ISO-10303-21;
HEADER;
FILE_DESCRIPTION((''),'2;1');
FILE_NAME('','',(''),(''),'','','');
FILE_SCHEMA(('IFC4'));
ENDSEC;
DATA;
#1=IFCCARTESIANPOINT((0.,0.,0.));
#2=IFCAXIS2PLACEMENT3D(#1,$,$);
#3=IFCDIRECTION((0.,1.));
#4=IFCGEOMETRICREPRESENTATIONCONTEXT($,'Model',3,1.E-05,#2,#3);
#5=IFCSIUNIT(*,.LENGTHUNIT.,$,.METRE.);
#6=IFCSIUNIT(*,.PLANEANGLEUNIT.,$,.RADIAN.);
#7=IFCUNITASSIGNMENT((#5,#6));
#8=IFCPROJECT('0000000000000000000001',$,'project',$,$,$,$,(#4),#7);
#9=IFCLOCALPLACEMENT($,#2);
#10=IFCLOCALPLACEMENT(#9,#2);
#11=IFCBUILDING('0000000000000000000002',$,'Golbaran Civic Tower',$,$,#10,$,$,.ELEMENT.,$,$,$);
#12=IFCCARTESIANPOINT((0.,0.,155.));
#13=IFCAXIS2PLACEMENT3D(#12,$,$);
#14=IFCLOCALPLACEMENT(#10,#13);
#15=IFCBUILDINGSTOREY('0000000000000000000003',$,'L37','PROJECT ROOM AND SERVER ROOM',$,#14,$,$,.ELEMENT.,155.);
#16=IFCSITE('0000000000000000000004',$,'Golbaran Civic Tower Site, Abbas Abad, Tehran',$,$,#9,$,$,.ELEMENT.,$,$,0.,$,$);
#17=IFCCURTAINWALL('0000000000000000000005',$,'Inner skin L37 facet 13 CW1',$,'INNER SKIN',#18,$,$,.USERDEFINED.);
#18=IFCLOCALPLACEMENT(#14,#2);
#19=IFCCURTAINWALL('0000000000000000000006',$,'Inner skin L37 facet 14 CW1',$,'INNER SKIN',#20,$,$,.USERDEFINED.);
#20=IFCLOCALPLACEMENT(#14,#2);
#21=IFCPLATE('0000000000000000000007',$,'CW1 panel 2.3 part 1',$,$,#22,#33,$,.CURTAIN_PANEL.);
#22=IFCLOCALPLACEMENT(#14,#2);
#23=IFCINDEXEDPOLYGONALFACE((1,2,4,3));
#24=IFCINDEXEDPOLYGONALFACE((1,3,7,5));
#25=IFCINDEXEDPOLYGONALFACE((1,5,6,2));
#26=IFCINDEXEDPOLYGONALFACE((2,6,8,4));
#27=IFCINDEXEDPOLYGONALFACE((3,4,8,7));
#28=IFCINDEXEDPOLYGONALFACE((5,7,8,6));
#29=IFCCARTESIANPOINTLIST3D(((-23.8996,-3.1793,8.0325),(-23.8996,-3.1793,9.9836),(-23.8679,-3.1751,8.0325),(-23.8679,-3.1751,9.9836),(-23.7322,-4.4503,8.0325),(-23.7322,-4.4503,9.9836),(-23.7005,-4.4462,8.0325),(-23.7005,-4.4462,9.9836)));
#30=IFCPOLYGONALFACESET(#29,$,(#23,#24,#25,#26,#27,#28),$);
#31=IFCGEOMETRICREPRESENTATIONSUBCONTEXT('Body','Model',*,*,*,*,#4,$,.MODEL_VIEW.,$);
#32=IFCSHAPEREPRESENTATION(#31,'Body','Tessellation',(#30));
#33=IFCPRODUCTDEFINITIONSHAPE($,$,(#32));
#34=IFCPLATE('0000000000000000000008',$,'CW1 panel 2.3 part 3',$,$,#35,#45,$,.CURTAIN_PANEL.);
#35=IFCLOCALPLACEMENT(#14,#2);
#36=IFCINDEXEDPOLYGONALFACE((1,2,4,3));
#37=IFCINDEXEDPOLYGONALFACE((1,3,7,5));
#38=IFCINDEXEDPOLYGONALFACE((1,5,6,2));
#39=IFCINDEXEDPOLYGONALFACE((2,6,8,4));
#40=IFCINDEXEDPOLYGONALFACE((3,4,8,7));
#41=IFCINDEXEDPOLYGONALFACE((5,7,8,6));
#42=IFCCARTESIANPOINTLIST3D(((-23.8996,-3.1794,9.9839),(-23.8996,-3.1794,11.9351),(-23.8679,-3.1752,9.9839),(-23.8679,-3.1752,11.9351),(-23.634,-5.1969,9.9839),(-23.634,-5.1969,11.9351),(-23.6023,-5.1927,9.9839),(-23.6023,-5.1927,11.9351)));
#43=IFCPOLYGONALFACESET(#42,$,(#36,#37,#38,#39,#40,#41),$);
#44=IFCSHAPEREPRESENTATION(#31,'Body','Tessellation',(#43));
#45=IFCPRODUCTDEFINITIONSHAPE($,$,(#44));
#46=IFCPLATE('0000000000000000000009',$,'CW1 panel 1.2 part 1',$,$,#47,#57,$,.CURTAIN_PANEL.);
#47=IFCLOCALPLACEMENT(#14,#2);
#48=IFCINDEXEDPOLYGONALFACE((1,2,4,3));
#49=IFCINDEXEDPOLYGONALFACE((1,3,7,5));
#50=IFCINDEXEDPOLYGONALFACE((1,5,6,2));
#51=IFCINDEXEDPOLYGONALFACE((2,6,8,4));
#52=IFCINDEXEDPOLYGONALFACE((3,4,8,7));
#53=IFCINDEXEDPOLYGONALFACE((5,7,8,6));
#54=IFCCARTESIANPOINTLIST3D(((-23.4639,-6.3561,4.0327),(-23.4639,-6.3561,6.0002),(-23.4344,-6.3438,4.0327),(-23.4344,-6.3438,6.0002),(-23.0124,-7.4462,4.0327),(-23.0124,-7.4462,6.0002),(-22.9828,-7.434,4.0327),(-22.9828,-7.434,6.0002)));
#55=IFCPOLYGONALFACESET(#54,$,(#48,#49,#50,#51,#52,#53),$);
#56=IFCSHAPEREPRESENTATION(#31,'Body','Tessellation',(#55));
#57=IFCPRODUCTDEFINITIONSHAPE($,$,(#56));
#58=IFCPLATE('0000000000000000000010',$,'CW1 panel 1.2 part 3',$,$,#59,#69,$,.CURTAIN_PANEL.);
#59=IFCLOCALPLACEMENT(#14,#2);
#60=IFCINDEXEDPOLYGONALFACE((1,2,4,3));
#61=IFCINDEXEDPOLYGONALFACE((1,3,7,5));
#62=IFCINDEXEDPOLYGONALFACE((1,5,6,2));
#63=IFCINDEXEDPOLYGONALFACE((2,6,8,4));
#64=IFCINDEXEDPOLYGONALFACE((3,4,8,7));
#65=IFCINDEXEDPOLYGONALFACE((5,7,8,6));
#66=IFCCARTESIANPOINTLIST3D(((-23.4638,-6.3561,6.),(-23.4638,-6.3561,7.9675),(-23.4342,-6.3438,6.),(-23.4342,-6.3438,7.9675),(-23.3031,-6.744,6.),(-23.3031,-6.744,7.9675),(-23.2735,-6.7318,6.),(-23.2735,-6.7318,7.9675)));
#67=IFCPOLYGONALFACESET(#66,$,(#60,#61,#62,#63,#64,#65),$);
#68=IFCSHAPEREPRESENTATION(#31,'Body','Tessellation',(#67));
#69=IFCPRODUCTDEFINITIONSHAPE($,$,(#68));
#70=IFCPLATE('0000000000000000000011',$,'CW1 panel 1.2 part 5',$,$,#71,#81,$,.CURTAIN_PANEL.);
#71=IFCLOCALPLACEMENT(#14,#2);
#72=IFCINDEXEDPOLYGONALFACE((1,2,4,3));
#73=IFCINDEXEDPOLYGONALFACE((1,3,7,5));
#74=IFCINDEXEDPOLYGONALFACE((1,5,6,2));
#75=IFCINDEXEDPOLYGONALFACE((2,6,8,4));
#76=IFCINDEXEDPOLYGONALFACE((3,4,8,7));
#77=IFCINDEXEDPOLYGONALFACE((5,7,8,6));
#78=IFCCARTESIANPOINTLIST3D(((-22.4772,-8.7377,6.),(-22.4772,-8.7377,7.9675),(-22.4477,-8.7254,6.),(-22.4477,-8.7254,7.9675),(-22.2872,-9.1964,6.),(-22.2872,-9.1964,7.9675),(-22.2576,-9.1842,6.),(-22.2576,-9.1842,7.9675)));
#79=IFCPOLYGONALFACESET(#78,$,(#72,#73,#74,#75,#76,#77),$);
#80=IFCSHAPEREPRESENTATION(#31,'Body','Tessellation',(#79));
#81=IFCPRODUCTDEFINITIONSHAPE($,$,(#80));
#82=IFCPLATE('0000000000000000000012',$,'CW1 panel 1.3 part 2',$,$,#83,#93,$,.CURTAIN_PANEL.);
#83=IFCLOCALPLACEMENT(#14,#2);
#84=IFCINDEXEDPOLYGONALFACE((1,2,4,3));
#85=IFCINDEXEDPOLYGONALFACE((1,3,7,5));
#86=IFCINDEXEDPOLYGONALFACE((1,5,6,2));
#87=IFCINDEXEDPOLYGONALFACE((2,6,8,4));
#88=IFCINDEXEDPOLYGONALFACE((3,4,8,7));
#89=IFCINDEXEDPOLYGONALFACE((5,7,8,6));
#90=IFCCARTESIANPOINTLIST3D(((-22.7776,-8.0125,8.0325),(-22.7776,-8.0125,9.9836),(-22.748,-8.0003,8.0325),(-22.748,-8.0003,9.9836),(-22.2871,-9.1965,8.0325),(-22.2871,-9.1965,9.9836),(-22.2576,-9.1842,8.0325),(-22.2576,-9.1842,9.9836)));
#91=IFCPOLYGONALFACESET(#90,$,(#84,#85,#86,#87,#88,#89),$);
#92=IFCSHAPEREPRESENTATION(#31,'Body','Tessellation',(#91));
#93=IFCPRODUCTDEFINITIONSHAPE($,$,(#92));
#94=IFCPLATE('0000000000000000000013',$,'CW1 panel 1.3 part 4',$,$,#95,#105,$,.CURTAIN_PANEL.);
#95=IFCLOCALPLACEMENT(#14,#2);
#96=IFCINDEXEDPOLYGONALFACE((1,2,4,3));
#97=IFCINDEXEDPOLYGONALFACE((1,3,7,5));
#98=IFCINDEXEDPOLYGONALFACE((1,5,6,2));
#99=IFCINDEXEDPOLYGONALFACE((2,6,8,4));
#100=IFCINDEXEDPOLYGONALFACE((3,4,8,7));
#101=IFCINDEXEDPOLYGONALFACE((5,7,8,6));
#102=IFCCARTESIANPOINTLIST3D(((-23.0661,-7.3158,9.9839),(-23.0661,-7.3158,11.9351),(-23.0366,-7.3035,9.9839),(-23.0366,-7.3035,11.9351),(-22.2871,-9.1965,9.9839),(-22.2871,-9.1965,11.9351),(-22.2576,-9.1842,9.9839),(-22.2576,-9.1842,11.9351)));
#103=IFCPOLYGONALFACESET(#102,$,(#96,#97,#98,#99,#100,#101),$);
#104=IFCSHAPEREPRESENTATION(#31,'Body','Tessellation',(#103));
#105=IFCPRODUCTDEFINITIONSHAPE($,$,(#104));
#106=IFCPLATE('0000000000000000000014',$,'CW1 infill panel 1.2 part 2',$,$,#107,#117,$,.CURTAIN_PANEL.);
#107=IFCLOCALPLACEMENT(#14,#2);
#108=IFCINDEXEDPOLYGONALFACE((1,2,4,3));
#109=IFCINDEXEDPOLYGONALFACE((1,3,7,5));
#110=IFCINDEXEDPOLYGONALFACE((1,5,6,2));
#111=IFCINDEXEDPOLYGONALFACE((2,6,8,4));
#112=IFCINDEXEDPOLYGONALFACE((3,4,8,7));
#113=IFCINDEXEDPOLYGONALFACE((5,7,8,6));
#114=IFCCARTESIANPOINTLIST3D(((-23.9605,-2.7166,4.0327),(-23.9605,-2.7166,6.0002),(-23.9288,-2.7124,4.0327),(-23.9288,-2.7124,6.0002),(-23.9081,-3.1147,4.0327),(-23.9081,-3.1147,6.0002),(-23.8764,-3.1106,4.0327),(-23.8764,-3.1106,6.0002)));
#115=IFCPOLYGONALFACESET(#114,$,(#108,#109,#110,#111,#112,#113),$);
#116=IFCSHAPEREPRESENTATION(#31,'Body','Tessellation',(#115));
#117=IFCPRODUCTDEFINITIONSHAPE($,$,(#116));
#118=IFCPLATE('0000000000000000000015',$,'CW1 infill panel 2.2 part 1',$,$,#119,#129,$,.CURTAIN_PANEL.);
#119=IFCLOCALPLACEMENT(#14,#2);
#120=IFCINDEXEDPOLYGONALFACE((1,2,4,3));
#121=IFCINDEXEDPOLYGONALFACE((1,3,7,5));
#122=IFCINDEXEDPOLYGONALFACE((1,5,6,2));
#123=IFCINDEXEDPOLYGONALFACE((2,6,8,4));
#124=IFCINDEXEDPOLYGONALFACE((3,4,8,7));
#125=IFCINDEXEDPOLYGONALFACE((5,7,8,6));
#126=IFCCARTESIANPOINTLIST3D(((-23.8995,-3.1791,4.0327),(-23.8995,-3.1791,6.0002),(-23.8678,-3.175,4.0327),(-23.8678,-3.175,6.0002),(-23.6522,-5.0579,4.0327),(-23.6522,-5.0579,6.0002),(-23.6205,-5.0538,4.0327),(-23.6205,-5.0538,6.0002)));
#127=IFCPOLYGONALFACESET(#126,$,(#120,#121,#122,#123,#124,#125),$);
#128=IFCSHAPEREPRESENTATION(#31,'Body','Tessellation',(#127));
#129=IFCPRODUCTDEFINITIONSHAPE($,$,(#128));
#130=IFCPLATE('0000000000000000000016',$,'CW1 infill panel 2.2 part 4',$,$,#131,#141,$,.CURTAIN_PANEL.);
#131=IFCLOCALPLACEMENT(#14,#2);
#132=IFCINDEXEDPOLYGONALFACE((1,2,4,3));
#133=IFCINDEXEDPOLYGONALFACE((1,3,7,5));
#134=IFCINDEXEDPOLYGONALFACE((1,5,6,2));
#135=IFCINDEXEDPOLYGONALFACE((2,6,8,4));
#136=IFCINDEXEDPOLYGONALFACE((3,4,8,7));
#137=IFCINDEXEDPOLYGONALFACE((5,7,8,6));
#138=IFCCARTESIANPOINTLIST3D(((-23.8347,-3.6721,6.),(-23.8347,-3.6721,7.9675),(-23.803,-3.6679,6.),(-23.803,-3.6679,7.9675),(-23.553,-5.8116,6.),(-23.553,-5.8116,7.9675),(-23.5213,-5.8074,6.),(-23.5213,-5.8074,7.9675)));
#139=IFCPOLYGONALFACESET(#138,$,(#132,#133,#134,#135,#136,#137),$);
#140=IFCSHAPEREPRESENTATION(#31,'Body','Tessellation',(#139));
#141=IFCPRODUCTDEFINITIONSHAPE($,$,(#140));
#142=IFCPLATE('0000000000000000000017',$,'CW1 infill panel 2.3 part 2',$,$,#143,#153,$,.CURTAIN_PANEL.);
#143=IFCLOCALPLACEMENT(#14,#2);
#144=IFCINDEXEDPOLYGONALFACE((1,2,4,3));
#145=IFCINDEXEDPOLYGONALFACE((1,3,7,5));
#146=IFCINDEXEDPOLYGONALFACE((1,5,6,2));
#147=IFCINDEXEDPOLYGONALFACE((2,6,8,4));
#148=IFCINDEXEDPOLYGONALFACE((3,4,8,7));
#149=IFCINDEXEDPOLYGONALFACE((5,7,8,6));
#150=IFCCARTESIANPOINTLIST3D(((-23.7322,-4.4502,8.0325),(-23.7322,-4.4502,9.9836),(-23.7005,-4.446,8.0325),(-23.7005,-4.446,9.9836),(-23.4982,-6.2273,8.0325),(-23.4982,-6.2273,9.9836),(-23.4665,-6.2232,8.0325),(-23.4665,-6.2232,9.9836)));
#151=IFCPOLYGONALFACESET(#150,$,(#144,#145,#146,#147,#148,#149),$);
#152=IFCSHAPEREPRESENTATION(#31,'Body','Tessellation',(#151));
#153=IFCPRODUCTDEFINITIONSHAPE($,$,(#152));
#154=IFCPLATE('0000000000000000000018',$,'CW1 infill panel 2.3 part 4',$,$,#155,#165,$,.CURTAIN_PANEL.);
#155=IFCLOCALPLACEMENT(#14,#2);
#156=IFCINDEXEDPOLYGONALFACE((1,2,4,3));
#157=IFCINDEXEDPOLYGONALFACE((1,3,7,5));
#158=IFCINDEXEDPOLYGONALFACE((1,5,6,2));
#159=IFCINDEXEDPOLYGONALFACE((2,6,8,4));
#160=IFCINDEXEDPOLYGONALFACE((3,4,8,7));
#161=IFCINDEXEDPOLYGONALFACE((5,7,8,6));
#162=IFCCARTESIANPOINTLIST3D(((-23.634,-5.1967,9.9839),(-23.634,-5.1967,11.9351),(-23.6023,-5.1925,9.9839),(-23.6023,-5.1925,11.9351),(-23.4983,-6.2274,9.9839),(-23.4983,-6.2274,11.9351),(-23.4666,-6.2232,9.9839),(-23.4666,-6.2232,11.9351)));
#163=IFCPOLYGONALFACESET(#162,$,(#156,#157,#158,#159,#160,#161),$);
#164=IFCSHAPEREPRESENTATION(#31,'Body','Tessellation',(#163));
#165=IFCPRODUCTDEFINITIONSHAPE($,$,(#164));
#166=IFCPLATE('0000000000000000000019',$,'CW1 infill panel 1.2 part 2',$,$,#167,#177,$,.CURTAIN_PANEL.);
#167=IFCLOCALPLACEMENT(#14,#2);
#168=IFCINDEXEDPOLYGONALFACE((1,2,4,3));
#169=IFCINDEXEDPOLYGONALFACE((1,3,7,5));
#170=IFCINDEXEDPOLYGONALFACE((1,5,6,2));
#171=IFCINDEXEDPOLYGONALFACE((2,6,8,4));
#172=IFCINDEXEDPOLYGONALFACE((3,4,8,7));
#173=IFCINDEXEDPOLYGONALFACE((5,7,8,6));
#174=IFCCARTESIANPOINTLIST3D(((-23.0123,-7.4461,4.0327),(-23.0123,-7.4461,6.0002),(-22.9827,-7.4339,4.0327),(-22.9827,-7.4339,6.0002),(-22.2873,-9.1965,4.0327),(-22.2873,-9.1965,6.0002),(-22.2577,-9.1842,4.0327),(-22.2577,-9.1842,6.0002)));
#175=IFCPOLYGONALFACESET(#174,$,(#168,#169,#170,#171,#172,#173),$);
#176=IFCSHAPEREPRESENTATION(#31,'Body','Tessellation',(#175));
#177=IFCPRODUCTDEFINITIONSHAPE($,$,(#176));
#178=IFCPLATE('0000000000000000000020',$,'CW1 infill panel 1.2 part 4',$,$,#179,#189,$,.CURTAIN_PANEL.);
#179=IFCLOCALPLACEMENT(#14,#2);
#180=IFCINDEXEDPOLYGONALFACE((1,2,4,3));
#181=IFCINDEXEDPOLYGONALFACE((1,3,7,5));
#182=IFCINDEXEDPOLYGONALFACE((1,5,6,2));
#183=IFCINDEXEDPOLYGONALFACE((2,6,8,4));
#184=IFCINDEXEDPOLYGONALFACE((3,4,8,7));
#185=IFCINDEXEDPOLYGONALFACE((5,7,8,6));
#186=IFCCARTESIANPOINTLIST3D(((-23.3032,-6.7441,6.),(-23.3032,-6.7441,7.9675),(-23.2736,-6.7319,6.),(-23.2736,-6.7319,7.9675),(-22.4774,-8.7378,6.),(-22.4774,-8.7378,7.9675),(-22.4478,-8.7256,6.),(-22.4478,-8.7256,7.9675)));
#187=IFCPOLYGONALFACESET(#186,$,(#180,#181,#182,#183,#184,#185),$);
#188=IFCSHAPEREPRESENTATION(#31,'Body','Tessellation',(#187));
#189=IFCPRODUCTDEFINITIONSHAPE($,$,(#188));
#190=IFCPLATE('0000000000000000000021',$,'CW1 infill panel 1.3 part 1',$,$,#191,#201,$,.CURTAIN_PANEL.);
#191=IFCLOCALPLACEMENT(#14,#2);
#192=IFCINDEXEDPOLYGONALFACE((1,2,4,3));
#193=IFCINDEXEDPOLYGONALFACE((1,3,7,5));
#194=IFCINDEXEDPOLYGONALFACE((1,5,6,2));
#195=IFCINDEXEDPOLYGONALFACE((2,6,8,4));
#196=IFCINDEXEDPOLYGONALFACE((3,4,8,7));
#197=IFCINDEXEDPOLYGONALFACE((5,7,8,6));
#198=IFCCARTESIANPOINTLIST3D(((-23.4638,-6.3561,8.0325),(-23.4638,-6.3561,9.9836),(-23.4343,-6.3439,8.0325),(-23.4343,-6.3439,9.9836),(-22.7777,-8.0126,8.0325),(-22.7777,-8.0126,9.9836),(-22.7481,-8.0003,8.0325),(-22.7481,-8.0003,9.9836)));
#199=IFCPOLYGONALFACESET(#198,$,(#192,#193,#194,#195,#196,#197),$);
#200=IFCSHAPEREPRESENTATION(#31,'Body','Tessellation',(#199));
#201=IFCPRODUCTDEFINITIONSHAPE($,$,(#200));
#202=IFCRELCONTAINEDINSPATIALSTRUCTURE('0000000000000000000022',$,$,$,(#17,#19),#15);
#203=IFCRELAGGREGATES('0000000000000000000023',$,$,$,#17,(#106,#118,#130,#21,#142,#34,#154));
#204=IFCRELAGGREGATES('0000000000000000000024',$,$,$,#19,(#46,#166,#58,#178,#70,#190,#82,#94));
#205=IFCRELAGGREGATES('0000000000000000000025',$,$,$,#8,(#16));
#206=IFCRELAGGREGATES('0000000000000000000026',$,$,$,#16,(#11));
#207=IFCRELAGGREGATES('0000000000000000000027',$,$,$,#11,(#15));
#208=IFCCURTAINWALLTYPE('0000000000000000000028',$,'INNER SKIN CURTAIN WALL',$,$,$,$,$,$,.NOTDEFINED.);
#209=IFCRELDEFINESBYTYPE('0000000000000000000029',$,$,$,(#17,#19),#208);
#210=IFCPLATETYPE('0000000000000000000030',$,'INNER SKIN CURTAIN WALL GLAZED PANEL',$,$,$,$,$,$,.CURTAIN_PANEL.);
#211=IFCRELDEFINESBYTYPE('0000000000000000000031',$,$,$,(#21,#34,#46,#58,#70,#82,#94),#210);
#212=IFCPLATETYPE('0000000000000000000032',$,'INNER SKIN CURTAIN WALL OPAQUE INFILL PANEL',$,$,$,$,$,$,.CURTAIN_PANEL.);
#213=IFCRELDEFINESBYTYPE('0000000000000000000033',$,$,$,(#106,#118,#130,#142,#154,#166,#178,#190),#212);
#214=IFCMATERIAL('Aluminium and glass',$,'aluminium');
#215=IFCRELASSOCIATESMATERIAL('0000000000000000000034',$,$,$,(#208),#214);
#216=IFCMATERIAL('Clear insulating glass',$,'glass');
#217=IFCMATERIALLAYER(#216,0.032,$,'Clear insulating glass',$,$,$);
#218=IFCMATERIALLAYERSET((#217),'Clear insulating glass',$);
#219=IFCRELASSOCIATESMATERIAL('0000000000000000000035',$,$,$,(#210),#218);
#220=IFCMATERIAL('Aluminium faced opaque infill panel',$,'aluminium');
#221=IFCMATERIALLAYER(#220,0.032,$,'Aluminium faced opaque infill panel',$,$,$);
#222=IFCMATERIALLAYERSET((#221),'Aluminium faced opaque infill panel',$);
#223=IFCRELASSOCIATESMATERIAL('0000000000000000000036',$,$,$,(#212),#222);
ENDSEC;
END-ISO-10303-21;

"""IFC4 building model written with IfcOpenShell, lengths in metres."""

from ifc_helpers import new_model, si_unit, direction, frame, origin, origin_2d, place, context, subcontext, project, spatial, rectangle, extrude, material, layer, layer_set, type_object, element, aggregate, save


model = new_model("IFC4")

# Units and contexts
model_context = context("Model", 3, precision=1e-05, world=origin(), true_north=direction((0.0, 1.0)))
body_context = subcontext(model_context, "Body", "Model", "MODEL_VIEW")
ifc_project = project(units=[si_unit("LENGTHUNIT", "METRE"), si_unit("PLANEANGLEUNIT", "RADIAN")], contexts=[model_context])

# Site, building, storey
site_placement = place(None, origin())
site = spatial("IfcSite", under=ifc_project, at=site_placement, Name="Golbaran Civic Tower Site, Abbas Abad, Tehran", CompositionType="ELEMENT", RefElevation=0.0)
building_placement = place(site_placement, origin())
building = spatial("IfcBuilding", under=site, at=building_placement, Name="Golbaran Civic Tower", CompositionType="ELEMENT")
storey_placement = place(building_placement, frame((0.0, 0.0, 155.0)))
storey = spatial("IfcBuildingStorey", under=building, at=storey_placement, Name="L37", Description="PROJECT ROOM AND SERVER ROOM", CompositionType="ELEMENT", Elevation=155.0)

# Curtain walls
ifc_material_1 = material(Name="Aluminium and glass", Category="aluminium")
curtain_wall_type = type_object("IfcCurtainWallType", Name="INNER SKIN CURTAIN WALL", PredefinedType="NOTDEFINED", material=ifc_material_1)
curtain_wall_1_placement = place(storey_placement, origin())
curtain_wall_1 = element("IfcCurtainWall", 1, at=curtain_wall_1_placement, inside=storey, type_object=curtain_wall_type, Name="Inner skin L37 facet 13 CW1", ObjectType="INNER SKIN", PredefinedType="USERDEFINED")
curtain_wall_2_placement = place(storey_placement, origin())
curtain_wall_2 = element("IfcCurtainWall", 2, at=curtain_wall_2_placement, inside=storey, type_object=curtain_wall_type, Name="Inner skin L37 facet 14 CW1", ObjectType="INNER SKIN", PredefinedType="USERDEFINED")

# Plates
ifc_material_2 = material(Name="Clear insulating glass", Category="glass")
ifc_layer_1 = layer(ifc_material_2, 0.032, Name="Clear insulating glass")
ifc_layer_set_1 = layer_set([ifc_layer_1], Name="Clear insulating glass")
plate_type_1 = type_object("IfcPlateType", Name="INNER SKIN CURTAIN WALL GLAZED PANEL", PredefinedType="CURTAIN_PANEL", material=ifc_layer_set_1)
plate_1_placement = place(storey_placement, frame((-23.8, -3.8127, 8.0325), z_axis=(0.0, 0.0, 1.0), x_axis=(0.130526, -0.991445, 0.0)))
plate_1 = element("IfcPlate", 3, at=plate_1_placement, type_object=plate_type_1, Name="CW1 panel 2.3 part 1", PredefinedType="CURTAIN_PANEL", context=body_context, shape_type="SweptSolid", body=[
    extrude(rectangle(XDim=1.282, YDim=0.032, at=origin_2d()), origin(), (0.0, 0.0, 1.0), 1.9512),
])
plate_2_placement = place(storey_placement, frame((-23.751, -4.186, 9.9839), z_axis=(0.0, 0.0, 1.0), x_axis=(0.130526, -0.991445, 0.0)))
plate_2 = element("IfcPlate", 4, at=plate_2_placement, type_object=plate_type_1, Name="CW1 panel 2.3 part 3", PredefinedType="CURTAIN_PANEL", context=body_context, shape_type="SweptSolid", body=[
    extrude(rectangle(XDim=2.0349, YDim=0.032, at=origin_2d()), origin(), (0.0, 0.0, 1.0), 1.9512),
])
plate_3_placement = place(storey_placement, frame((-23.2234, -6.895, 4.0327), z_axis=(0.0, 0.0, 1.0), x_axis=(0.382683, -0.92388, 0.0)))
plate_3 = element("IfcPlate", 5, at=plate_3_placement, type_object=plate_type_1, Name="CW1 panel 1.2 part 1", PredefinedType="CURTAIN_PANEL", context=body_context, shape_type="SweptSolid", body=[
    extrude(rectangle(XDim=1.1799, YDim=0.032, at=origin_2d()), origin(), (0.0, 0.0, 1.0), 1.9675),
])
plate_4_placement = place(storey_placement, frame((-23.3687, -6.5439, 6.0), z_axis=(0.0, 0.0, 1.0), x_axis=(0.382683, -0.92388, 0.0)))
plate_4 = element("IfcPlate", 6, at=plate_4_placement, type_object=plate_type_1, Name="CW1 panel 1.2 part 3", PredefinedType="CURTAIN_PANEL", context=body_context, shape_type="SweptSolid", body=[
    extrude(rectangle(XDim=0.4199, YDim=0.032, at=origin_2d()), origin(), (0.0, 0.0, 1.0), 1.9675),
])
plate_5_placement = place(storey_placement, frame((-22.3674, -8.9609, 6.0), z_axis=(0.0, 0.0, 1.0), x_axis=(0.382683, -0.92388, 0.0)))
plate_5 = element("IfcPlate", 7, at=plate_5_placement, type_object=plate_type_1, Name="CW1 panel 1.2 part 5", PredefinedType="CURTAIN_PANEL", context=body_context, shape_type="SweptSolid", body=[
    extrude(rectangle(XDim=0.4966, YDim=0.032, at=origin_2d()), origin(), (0.0, 0.0, 1.0), 1.9675),
])
plate_6_placement = place(storey_placement, frame((-22.5176, -8.5984, 8.0325), z_axis=(0.0, 0.0, 1.0), x_axis=(0.382683, -0.92388, 0.0)))
plate_6 = element("IfcPlate", 8, at=plate_6_placement, type_object=plate_type_1, Name="CW1 panel 1.3 part 2", PredefinedType="CURTAIN_PANEL", context=body_context, shape_type="SweptSolid", body=[
    extrude(rectangle(XDim=1.2815, YDim=0.032, at=origin_2d()), origin(), (0.0, 0.0, 1.0), 1.9512),
])
plate_7_placement = place(storey_placement, frame((-22.6619, -8.25, 9.9839), z_axis=(0.0, 0.0, 1.0), x_axis=(0.382683, -0.92388, 0.0)))
plate_7 = element("IfcPlate", 9, at=plate_7_placement, type_object=plate_type_1, Name="CW1 panel 1.3 part 4", PredefinedType="CURTAIN_PANEL", context=body_context, shape_type="SweptSolid", body=[
    extrude(rectangle(XDim=2.0356, YDim=0.032, at=origin_2d()), origin(), (0.0, 0.0, 1.0), 1.9512),
])
ifc_material_3 = material(Name="Aluminium faced opaque infill panel", Category="aluminium")
ifc_layer_2 = layer(ifc_material_3, 0.032, Name="Aluminium faced opaque infill panel")
ifc_layer_set_2 = layer_set([ifc_layer_2], Name="Aluminium faced opaque infill panel")
plate_type_2 = type_object("IfcPlateType", Name="INNER SKIN CURTAIN WALL OPAQUE INFILL PANEL", PredefinedType="CURTAIN_PANEL", material=ifc_layer_set_2)
plate_8_placement = place(storey_placement, frame((-23.9185, -2.9136, 4.0327), z_axis=(0.0, 0.0, 1.0), x_axis=(0.130526, -0.991445, 0.0)))
plate_8 = element("IfcPlate", 10, at=plate_8_placement, type_object=plate_type_2, Name="CW1 infill panel 1.2 part 2", PredefinedType="CURTAIN_PANEL", context=body_context, shape_type="SweptSolid", body=[
    extrude(rectangle(XDim=0.4016, YDim=0.032, at=origin_2d()), origin(), (0.0, 0.0, 1.0), 1.9675),
])
plate_9_placement = place(storey_placement, frame((-23.76, -4.1165, 4.0327), z_axis=(0.0, 0.0, 1.0), x_axis=(0.130526, -0.991445, 0.0)))
plate_9 = element("IfcPlate", 11, at=plate_9_placement, type_object=plate_type_2, Name="CW1 infill panel 2.2 part 1", PredefinedType="CURTAIN_PANEL", context=body_context, shape_type="SweptSolid", body=[
    extrude(rectangle(XDim=1.895, YDim=0.032, at=origin_2d()), origin(), (0.0, 0.0, 1.0), 1.9675),
])
plate_10_placement = place(storey_placement, frame((-23.678, -4.7397, 6.0), z_axis=(0.0, 0.0, 1.0), x_axis=(0.130526, -0.991445, 0.0)))
plate_10 = element("IfcPlate", 12, at=plate_10_placement, type_object=plate_type_2, Name="CW1 infill panel 2.2 part 4", PredefinedType="CURTAIN_PANEL", context=body_context, shape_type="SweptSolid", body=[
    extrude(rectangle(XDim=2.158, YDim=0.032, at=origin_2d()), origin(), (0.0, 0.0, 1.0), 1.9675),
])
plate_11_placement = place(storey_placement, frame((-23.5994, -5.3367, 8.0325), z_axis=(0.0, 0.0, 1.0), x_axis=(0.130526, -0.991445, 0.0)))
plate_11 = element("IfcPlate", 13, at=plate_11_placement, type_object=plate_type_2, Name="CW1 infill panel 2.3 part 2", PredefinedType="CURTAIN_PANEL", context=body_context, shape_type="SweptSolid", body=[
    extrude(rectangle(XDim=1.7925, YDim=0.032, at=origin_2d()), origin(), (0.0, 0.0, 1.0), 1.9512),
])
plate_12_placement = place(storey_placement, frame((-23.5503, -5.71, 9.9839), z_axis=(0.0, 0.0, 1.0), x_axis=(0.130526, -0.991445, 0.0)))
plate_12 = element("IfcPlate", 14, at=plate_12_placement, type_object=plate_type_2, Name="CW1 infill panel 2.3 part 4", PredefinedType="CURTAIN_PANEL", context=body_context, shape_type="SweptSolid", body=[
    extrude(rectangle(XDim=1.0396, YDim=0.032, at=origin_2d()), origin(), (0.0, 0.0, 1.0), 1.9512),
])
aggregate(curtain_wall_1, [plate_8, plate_9, plate_10, plate_1, plate_11, plate_2, plate_12])
plate_13_placement = place(storey_placement, frame((-22.635, -8.3152, 4.0327), z_axis=(0.0, 0.0, 1.0), x_axis=(0.382683, -0.92388, 0.0)))
plate_13 = element("IfcPlate", 15, at=plate_13_placement, type_object=plate_type_2, Name="CW1 infill panel 1.2 part 2", PredefinedType="CURTAIN_PANEL", context=body_context, shape_type="SweptSolid", body=[
    extrude(rectangle(XDim=1.8945, YDim=0.032, at=origin_2d()), origin(), (0.0, 0.0, 1.0), 1.9675),
])
plate_14_placement = place(storey_placement, frame((-22.8755, -7.7349, 6.0), z_axis=(0.0, 0.0, 1.0), x_axis=(0.382683, -0.92388, 0.0)))
plate_14 = element("IfcPlate", 16, at=plate_14_placement, type_object=plate_type_2, Name="CW1 infill panel 1.2 part 4", PredefinedType="CURTAIN_PANEL", context=body_context, shape_type="SweptSolid", body=[
    extrude(rectangle(XDim=2.158, YDim=0.032, at=origin_2d()), origin(), (0.0, 0.0, 1.0), 1.9675),
])
plate_15_placement = place(storey_placement, frame((-23.106, -7.1782, 8.0325), z_axis=(0.0, 0.0, 1.0), x_axis=(0.382683, -0.92388, 0.0)))
plate_15 = element("IfcPlate", 17, at=plate_15_placement, type_object=plate_type_2, Name="CW1 infill panel 1.3 part 1", PredefinedType="CURTAIN_PANEL", context=body_context, shape_type="SweptSolid", body=[
    extrude(rectangle(XDim=1.793, YDim=0.032, at=origin_2d()), origin(), (0.0, 0.0, 1.0), 1.9512),
])
aggregate(curtain_wall_2, [plate_3, plate_13, plate_4, plate_14, plate_5, plate_15, plate_6, plate_7])

save(model, "model.ifc")
